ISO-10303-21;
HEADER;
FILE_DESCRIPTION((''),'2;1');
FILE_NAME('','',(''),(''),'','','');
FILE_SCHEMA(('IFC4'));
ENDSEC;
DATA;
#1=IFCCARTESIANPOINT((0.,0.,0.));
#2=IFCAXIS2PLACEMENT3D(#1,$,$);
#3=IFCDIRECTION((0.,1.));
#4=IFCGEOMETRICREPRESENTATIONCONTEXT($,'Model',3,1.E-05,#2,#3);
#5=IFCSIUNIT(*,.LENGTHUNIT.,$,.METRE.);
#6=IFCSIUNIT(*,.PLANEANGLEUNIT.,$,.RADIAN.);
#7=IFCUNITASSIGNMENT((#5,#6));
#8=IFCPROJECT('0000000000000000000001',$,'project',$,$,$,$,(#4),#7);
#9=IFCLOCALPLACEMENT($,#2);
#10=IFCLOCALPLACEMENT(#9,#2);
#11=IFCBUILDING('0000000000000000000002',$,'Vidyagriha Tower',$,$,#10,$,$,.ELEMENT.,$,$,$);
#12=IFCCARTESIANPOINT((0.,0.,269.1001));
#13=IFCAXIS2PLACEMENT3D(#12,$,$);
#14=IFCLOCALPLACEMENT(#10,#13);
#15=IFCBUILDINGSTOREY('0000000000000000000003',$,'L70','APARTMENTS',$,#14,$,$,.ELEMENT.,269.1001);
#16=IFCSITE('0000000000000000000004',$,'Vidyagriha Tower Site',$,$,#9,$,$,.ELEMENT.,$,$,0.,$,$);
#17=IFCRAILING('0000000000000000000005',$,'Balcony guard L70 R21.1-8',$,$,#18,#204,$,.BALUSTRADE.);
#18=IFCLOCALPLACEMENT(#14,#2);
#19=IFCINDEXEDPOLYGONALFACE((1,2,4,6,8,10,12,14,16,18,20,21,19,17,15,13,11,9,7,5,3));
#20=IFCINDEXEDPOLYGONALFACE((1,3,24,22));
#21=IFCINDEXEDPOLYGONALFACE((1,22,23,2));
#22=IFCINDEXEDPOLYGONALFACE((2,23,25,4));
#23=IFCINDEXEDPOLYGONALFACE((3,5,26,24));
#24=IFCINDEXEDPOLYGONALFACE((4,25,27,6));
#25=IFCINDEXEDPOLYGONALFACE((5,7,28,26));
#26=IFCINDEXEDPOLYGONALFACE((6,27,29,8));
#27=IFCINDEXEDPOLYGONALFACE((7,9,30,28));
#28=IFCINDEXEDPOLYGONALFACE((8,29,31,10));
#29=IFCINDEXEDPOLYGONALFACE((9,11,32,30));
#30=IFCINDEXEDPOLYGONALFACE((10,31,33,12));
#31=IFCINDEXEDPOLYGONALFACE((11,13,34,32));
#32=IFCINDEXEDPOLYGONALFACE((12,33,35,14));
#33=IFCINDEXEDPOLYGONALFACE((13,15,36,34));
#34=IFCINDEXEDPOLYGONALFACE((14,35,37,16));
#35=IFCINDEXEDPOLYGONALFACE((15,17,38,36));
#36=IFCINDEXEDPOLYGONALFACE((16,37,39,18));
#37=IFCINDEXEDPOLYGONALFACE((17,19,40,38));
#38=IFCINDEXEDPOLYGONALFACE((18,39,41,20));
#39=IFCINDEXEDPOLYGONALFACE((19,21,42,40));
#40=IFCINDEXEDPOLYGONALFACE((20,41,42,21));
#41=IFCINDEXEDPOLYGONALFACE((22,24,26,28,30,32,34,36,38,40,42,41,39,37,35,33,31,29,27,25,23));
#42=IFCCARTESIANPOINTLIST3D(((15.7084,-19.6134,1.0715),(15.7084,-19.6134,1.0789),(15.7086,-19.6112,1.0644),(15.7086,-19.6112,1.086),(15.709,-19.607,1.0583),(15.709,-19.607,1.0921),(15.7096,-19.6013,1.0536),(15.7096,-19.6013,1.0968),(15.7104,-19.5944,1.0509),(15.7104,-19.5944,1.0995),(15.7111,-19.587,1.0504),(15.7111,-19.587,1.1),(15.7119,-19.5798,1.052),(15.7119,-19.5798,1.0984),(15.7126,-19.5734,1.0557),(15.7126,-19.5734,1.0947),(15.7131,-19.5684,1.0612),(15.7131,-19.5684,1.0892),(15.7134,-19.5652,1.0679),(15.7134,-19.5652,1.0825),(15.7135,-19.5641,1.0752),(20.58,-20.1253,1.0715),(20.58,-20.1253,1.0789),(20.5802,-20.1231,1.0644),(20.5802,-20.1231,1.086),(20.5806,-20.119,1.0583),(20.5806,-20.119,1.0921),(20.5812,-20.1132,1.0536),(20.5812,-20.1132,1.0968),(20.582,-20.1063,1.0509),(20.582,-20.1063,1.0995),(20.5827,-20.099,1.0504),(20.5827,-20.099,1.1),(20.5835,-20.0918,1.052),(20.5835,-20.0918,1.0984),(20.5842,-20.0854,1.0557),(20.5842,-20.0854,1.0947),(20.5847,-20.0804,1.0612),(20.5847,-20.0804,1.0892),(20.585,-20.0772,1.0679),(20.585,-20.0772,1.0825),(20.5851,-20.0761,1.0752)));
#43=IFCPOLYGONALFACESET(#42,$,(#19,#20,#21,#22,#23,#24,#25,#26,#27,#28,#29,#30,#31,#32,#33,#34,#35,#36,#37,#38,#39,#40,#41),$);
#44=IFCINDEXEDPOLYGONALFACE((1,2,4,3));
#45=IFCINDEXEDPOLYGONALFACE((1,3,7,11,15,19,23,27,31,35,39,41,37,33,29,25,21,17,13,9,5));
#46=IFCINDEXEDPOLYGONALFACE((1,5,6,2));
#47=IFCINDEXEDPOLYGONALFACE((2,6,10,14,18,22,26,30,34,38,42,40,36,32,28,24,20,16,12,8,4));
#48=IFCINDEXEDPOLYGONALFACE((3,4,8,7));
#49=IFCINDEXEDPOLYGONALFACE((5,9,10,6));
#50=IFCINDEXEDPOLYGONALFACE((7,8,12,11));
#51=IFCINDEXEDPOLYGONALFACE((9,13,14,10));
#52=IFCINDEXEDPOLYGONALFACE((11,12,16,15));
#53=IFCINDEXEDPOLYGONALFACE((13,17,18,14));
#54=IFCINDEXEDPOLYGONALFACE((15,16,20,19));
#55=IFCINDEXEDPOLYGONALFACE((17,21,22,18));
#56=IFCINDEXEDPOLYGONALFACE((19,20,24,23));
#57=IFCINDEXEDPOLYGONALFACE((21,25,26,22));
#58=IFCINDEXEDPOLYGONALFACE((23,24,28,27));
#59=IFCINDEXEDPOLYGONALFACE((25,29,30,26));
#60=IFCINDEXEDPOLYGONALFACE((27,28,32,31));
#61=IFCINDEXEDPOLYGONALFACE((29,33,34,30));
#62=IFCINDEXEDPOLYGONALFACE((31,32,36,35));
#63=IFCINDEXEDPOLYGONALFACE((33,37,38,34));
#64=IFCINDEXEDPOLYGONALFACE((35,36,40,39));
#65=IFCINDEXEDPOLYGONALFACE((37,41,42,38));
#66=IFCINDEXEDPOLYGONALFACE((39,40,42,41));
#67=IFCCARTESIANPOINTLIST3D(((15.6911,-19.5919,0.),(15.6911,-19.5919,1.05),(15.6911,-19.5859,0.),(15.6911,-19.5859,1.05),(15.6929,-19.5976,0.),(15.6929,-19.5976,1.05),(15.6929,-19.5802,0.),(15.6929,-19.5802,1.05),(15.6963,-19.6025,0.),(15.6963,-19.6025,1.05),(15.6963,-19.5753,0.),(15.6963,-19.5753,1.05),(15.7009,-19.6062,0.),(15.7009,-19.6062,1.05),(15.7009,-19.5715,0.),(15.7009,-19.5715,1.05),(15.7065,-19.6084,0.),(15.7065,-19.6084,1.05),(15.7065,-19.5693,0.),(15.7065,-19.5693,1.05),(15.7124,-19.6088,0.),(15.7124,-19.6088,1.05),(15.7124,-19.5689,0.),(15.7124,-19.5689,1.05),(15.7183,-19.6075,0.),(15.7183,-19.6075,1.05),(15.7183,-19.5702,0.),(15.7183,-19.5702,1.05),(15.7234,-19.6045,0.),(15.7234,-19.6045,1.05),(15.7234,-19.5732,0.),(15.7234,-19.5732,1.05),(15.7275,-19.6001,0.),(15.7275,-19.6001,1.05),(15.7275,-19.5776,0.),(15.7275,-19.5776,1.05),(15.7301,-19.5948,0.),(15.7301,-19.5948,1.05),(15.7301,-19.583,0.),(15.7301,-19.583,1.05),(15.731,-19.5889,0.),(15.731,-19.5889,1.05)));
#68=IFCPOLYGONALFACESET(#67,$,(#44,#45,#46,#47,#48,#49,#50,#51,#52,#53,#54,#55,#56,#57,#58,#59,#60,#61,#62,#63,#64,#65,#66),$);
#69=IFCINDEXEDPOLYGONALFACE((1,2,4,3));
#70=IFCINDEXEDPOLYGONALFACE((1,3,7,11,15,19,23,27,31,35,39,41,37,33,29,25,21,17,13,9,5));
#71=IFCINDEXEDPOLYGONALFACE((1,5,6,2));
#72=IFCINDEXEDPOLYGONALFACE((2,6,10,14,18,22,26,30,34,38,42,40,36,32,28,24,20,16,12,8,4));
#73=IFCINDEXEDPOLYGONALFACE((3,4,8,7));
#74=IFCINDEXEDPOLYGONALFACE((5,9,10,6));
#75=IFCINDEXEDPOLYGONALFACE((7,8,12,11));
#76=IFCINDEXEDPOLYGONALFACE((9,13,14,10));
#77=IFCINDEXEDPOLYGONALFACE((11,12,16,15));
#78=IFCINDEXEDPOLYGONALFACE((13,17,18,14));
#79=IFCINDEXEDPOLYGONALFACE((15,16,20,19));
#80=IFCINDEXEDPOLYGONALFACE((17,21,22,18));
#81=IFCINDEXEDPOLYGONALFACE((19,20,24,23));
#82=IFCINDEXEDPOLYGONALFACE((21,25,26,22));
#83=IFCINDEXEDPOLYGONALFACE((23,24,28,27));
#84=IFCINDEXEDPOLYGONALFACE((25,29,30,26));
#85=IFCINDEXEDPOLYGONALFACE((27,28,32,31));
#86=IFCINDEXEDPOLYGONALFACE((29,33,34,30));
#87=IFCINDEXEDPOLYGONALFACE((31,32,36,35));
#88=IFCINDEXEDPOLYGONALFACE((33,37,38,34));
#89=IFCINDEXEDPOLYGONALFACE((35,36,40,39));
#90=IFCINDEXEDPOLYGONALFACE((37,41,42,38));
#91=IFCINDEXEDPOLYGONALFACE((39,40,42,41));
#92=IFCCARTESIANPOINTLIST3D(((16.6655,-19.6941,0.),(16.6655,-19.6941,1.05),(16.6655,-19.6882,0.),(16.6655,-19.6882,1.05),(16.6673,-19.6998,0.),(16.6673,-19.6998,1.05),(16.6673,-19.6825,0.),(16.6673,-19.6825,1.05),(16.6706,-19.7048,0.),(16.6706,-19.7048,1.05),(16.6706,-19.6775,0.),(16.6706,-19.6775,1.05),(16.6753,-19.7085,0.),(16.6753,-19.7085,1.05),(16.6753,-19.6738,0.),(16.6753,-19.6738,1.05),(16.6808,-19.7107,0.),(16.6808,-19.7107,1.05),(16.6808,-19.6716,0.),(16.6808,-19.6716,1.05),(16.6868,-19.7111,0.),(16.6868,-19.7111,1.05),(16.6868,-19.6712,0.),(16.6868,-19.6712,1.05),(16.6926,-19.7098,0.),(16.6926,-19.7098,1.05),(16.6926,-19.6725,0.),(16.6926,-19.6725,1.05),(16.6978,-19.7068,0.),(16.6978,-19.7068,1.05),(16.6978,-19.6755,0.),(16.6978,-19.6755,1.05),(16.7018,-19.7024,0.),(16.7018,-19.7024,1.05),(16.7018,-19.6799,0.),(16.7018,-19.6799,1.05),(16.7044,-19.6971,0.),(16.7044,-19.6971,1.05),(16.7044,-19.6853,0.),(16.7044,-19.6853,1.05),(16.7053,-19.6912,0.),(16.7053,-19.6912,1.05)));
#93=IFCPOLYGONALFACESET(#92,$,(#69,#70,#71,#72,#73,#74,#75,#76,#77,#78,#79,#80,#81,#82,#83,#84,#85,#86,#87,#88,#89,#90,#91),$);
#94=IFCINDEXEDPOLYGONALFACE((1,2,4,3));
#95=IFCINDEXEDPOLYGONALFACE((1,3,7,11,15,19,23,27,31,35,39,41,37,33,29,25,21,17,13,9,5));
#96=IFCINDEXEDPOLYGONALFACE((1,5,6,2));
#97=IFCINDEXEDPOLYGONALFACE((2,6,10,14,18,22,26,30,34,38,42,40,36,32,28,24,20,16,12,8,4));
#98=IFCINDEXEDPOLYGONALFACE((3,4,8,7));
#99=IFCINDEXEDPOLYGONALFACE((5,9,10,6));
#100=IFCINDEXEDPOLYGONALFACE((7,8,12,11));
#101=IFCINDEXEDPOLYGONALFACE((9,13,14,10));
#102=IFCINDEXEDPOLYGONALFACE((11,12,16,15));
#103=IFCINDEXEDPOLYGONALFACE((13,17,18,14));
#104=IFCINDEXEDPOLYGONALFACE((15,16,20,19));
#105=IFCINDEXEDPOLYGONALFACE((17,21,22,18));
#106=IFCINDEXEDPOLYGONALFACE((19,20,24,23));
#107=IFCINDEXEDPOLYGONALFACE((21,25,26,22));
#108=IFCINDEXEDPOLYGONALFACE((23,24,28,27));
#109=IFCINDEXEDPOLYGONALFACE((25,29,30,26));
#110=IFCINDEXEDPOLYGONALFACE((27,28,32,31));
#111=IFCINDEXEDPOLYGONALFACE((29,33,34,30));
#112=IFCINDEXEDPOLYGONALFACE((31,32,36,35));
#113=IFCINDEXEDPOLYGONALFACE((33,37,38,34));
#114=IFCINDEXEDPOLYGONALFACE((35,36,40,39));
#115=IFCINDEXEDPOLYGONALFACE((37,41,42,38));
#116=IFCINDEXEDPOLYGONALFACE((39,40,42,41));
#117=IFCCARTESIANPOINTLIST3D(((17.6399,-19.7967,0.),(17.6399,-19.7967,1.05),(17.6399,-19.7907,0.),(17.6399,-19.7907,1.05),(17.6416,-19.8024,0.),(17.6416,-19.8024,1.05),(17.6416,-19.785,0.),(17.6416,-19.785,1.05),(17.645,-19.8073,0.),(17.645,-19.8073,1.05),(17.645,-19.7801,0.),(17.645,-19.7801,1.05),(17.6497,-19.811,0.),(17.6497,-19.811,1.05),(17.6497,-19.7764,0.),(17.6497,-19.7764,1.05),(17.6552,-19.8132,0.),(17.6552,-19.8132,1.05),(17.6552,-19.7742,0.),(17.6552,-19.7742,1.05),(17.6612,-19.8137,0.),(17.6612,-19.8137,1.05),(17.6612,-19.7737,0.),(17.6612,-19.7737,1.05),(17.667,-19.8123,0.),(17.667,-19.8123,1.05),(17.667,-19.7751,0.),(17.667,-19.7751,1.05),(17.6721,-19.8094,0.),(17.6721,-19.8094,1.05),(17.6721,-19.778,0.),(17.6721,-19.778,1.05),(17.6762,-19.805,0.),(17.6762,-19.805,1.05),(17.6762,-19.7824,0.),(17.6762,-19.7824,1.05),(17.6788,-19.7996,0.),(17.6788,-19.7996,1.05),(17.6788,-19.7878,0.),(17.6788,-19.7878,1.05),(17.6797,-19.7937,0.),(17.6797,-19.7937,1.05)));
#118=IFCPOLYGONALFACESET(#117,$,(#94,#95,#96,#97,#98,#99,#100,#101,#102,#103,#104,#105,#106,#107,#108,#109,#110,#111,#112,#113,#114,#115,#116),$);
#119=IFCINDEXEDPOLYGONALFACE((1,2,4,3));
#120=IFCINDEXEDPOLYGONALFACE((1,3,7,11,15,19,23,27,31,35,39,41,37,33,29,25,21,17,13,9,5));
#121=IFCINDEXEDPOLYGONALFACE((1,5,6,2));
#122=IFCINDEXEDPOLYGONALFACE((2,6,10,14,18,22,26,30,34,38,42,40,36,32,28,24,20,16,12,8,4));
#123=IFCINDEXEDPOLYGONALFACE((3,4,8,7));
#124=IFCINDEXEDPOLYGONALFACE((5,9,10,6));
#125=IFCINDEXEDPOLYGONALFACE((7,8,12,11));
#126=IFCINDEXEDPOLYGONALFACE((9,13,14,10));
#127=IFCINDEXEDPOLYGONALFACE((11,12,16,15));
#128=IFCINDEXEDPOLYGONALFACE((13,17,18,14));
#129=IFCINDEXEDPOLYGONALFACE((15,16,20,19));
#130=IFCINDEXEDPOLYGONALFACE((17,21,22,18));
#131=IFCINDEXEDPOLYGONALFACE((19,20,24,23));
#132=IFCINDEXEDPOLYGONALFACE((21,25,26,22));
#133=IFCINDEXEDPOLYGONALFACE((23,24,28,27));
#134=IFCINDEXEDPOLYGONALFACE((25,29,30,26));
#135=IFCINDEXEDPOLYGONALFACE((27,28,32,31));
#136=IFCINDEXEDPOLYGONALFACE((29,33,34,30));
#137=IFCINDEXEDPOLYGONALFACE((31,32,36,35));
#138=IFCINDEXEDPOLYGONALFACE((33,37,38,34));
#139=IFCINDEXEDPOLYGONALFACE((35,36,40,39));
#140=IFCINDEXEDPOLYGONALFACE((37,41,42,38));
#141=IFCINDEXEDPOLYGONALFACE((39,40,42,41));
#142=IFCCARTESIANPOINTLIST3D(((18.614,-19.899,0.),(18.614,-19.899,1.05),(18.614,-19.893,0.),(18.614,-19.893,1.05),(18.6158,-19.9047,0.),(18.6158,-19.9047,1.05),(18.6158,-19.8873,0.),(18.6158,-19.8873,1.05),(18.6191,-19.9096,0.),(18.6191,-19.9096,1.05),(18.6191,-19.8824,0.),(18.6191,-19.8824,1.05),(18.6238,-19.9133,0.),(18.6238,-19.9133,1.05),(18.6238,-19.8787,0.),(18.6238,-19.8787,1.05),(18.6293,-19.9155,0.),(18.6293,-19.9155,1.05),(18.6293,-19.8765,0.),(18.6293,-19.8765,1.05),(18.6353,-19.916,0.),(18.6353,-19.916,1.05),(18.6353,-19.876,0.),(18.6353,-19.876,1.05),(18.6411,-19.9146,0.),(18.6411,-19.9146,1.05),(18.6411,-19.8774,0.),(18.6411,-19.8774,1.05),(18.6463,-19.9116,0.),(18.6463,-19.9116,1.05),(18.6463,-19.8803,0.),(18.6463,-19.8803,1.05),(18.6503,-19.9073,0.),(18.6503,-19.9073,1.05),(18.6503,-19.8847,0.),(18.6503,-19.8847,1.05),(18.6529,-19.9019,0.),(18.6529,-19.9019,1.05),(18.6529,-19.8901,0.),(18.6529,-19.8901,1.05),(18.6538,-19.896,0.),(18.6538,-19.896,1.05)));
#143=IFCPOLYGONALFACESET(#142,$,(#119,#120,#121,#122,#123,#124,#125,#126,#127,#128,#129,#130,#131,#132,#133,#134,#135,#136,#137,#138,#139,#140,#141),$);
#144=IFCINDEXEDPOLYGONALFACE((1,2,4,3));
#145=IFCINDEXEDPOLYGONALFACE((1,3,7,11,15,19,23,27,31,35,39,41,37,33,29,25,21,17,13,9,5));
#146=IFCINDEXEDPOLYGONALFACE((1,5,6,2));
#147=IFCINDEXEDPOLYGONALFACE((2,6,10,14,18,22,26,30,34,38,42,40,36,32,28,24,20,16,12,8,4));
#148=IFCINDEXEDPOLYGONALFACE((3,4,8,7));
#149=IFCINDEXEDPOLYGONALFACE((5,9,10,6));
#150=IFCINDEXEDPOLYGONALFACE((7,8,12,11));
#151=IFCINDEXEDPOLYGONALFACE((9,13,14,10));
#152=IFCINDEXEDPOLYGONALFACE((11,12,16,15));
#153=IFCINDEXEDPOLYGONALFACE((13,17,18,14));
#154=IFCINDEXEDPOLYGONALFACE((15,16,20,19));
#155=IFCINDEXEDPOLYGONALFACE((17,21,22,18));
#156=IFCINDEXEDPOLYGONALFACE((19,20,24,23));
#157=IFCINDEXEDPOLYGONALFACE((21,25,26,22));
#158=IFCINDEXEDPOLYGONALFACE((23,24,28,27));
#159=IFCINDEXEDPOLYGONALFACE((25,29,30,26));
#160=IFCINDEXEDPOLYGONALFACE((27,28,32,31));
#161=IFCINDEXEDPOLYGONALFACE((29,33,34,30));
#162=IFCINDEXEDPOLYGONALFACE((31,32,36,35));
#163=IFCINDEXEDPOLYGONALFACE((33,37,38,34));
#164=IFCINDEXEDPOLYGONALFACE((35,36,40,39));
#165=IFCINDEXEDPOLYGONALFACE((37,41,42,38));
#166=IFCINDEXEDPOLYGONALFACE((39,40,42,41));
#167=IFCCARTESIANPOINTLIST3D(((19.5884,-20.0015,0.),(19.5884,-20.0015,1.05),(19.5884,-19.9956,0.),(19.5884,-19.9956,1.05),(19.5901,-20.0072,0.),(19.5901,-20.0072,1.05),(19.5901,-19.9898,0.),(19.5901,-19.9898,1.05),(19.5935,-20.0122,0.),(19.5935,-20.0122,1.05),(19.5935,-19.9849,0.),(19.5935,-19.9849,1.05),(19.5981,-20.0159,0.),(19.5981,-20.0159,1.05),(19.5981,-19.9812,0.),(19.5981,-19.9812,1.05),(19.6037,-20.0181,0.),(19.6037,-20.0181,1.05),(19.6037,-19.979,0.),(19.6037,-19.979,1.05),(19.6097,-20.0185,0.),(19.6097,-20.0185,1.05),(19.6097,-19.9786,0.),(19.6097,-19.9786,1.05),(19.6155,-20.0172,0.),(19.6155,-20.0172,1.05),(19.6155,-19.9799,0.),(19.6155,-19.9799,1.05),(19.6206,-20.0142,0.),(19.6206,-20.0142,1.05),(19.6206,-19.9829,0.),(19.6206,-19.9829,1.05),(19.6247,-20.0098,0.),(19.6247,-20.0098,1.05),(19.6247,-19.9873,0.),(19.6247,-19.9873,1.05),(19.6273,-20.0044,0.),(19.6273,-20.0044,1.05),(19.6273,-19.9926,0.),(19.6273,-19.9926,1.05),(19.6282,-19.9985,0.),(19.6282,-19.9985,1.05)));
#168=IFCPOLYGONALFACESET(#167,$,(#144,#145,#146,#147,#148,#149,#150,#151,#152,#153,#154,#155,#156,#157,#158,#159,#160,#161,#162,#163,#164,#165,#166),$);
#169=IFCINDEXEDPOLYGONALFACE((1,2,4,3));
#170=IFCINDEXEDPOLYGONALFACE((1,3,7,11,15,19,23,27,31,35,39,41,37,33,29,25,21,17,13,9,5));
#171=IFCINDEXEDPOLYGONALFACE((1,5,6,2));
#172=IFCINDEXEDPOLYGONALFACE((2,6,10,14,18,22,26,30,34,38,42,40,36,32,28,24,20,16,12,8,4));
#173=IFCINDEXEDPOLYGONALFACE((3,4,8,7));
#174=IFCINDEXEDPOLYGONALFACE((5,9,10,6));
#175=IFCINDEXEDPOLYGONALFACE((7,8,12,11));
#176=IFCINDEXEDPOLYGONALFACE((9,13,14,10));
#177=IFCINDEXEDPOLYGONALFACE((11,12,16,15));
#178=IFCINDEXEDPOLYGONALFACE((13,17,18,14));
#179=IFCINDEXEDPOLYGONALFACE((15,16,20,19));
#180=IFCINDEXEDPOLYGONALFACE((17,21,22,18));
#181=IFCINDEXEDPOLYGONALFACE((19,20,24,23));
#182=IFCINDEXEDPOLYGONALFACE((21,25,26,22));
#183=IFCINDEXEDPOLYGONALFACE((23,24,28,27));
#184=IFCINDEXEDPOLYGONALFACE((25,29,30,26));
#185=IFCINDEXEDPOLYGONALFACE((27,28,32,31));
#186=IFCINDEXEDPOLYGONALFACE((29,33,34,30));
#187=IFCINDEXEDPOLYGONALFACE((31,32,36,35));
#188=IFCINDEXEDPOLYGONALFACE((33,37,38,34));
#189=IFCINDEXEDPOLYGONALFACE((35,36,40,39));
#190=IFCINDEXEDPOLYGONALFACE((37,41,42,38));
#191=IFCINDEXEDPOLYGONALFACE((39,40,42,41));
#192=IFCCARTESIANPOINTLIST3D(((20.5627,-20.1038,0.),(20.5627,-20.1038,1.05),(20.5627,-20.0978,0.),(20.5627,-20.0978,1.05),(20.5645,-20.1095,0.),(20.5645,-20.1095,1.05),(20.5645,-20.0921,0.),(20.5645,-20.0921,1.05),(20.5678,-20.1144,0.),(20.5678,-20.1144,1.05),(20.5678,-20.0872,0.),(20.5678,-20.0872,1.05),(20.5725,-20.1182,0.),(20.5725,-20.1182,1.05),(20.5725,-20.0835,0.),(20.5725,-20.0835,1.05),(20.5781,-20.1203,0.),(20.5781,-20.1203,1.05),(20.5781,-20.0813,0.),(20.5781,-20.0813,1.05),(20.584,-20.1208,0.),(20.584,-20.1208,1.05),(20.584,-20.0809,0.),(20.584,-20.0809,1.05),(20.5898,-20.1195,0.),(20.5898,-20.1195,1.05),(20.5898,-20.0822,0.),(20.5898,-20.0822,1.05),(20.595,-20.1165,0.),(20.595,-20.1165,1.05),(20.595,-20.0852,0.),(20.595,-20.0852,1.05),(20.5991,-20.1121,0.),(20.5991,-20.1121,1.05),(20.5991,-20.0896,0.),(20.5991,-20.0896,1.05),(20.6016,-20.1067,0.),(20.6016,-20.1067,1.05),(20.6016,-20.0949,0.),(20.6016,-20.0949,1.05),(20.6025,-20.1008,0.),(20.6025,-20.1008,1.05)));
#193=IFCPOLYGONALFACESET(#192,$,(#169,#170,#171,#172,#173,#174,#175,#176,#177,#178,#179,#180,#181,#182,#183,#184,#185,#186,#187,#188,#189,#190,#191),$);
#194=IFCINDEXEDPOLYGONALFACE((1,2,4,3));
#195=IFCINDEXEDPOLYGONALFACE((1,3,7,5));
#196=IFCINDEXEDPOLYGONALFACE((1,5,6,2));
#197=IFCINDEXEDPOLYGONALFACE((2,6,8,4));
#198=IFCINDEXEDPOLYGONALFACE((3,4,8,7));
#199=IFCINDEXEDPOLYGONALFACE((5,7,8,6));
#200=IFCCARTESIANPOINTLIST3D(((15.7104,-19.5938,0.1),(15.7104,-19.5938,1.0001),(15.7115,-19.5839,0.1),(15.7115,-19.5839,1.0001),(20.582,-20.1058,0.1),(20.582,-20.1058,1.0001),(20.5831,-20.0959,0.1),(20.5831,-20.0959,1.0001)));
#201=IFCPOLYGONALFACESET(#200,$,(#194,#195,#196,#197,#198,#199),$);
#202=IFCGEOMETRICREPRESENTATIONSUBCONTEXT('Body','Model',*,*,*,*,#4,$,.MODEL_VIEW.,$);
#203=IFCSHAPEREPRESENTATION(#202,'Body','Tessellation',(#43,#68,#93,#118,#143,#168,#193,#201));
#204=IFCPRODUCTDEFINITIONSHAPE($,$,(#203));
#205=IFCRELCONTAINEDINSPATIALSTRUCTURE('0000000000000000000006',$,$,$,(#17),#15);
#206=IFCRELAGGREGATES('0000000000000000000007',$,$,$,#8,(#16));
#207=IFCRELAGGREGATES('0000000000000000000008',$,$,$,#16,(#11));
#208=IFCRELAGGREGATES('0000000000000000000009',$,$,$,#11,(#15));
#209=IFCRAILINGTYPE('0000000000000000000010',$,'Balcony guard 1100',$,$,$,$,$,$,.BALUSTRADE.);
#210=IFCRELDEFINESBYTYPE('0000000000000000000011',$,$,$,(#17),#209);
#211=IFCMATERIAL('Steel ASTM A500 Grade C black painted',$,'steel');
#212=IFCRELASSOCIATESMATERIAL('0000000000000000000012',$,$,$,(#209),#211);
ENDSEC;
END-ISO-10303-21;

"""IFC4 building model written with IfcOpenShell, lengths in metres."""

from ifc_helpers import new_model, si_unit, direction, frame, origin, origin_2d, place, context, subcontext, project, spatial, rectangle, circle, extrude, material, type_object, element, save


model = new_model("IFC4")

# Units and contexts
model_context = context("Model", 3, precision=1e-05, world=origin(), true_north=direction((0.0, 1.0)))
body_context = subcontext(model_context, "Body", "Model", "MODEL_VIEW")
ifc_project = project(units=[si_unit("LENGTHUNIT", "METRE"), si_unit("PLANEANGLEUNIT", "RADIAN")], contexts=[model_context])

# Site, building, storey
site_placement = place(None, origin())
site = spatial("IfcSite", under=ifc_project, at=site_placement, Name="Vidyagriha Tower Site", CompositionType="ELEMENT", RefElevation=0.0)
building_placement = place(site_placement, origin())
building = spatial("IfcBuilding", under=site, at=building_placement, Name="Vidyagriha Tower", CompositionType="ELEMENT")
storey_placement = place(building_placement, frame((0.0, 0.0, 269.1001)))
storey = spatial("IfcBuildingStorey", under=building, at=storey_placement, Name="L70", Description="APARTMENTS", CompositionType="ELEMENT", Elevation=269.1001)

# Railing
ifc_material_1 = material(Name="Steel ASTM A500 Grade C black painted", Category="steel")
railing_type = type_object("IfcRailingType", Name="Balcony guard 1100", PredefinedType="BALUSTRADE", material=ifc_material_1)
railing_placement = place(storey_placement, frame((15.7109, -19.5889, 0.0)))
element("IfcRailing", 1, at=railing_placement, inside=storey, type_object=railing_type, Name="Balcony guard L70 R21.1-8", PredefinedType="BALUSTRADE", context=body_context, shape_type="SweptSolid", body=[
    extrude(circle(Radius=0.0249, at=origin_2d()), frame((0.0, 0.0, 1.0752), z_axis=(0.994523, -0.104516, 0.0), x_axis=(0.104516, 0.994523, 0.0)), (0.0, 0.0, 1.0), 4.8984),
    extrude(circle(Radius=0.02, at=origin_2d()), origin(), (0.0, 0.0, 1.0), 1.05),
    extrude(circle(Radius=0.02, at=origin_2d()), frame((0.9744, -0.1023, 0.0)), (0.0, 0.0, 1.0), 1.05),
    extrude(circle(Radius=0.02, at=origin_2d()), frame((1.9487, -0.2048, 0.0)), (0.0, 0.0, 1.0), 1.05),
    extrude(circle(Radius=0.02, at=origin_2d()), frame((2.9229, -0.3071, 0.0)), (0.0, 0.0, 1.0), 1.05),
    extrude(circle(Radius=0.02, at=origin_2d()), frame((3.8972, -0.4097, 0.0)), (0.0, 0.0, 1.0), 1.05),
    extrude(circle(Radius=0.02, at=origin_2d()), frame((4.8716, -0.512, 0.0)), (0.0, 0.0, 1.0), 1.05),
    extrude(rectangle(XDim=0.01, YDim=0.9001, at=origin_2d()), frame((0.0, 0.0, 0.55), z_axis=(0.994523, -0.104516, 0.0), x_axis=(0.104516, 0.994523, 0.0)), (0.0, 0.0, 1.0), 4.8984),
])

save(model, "model.ifc")
